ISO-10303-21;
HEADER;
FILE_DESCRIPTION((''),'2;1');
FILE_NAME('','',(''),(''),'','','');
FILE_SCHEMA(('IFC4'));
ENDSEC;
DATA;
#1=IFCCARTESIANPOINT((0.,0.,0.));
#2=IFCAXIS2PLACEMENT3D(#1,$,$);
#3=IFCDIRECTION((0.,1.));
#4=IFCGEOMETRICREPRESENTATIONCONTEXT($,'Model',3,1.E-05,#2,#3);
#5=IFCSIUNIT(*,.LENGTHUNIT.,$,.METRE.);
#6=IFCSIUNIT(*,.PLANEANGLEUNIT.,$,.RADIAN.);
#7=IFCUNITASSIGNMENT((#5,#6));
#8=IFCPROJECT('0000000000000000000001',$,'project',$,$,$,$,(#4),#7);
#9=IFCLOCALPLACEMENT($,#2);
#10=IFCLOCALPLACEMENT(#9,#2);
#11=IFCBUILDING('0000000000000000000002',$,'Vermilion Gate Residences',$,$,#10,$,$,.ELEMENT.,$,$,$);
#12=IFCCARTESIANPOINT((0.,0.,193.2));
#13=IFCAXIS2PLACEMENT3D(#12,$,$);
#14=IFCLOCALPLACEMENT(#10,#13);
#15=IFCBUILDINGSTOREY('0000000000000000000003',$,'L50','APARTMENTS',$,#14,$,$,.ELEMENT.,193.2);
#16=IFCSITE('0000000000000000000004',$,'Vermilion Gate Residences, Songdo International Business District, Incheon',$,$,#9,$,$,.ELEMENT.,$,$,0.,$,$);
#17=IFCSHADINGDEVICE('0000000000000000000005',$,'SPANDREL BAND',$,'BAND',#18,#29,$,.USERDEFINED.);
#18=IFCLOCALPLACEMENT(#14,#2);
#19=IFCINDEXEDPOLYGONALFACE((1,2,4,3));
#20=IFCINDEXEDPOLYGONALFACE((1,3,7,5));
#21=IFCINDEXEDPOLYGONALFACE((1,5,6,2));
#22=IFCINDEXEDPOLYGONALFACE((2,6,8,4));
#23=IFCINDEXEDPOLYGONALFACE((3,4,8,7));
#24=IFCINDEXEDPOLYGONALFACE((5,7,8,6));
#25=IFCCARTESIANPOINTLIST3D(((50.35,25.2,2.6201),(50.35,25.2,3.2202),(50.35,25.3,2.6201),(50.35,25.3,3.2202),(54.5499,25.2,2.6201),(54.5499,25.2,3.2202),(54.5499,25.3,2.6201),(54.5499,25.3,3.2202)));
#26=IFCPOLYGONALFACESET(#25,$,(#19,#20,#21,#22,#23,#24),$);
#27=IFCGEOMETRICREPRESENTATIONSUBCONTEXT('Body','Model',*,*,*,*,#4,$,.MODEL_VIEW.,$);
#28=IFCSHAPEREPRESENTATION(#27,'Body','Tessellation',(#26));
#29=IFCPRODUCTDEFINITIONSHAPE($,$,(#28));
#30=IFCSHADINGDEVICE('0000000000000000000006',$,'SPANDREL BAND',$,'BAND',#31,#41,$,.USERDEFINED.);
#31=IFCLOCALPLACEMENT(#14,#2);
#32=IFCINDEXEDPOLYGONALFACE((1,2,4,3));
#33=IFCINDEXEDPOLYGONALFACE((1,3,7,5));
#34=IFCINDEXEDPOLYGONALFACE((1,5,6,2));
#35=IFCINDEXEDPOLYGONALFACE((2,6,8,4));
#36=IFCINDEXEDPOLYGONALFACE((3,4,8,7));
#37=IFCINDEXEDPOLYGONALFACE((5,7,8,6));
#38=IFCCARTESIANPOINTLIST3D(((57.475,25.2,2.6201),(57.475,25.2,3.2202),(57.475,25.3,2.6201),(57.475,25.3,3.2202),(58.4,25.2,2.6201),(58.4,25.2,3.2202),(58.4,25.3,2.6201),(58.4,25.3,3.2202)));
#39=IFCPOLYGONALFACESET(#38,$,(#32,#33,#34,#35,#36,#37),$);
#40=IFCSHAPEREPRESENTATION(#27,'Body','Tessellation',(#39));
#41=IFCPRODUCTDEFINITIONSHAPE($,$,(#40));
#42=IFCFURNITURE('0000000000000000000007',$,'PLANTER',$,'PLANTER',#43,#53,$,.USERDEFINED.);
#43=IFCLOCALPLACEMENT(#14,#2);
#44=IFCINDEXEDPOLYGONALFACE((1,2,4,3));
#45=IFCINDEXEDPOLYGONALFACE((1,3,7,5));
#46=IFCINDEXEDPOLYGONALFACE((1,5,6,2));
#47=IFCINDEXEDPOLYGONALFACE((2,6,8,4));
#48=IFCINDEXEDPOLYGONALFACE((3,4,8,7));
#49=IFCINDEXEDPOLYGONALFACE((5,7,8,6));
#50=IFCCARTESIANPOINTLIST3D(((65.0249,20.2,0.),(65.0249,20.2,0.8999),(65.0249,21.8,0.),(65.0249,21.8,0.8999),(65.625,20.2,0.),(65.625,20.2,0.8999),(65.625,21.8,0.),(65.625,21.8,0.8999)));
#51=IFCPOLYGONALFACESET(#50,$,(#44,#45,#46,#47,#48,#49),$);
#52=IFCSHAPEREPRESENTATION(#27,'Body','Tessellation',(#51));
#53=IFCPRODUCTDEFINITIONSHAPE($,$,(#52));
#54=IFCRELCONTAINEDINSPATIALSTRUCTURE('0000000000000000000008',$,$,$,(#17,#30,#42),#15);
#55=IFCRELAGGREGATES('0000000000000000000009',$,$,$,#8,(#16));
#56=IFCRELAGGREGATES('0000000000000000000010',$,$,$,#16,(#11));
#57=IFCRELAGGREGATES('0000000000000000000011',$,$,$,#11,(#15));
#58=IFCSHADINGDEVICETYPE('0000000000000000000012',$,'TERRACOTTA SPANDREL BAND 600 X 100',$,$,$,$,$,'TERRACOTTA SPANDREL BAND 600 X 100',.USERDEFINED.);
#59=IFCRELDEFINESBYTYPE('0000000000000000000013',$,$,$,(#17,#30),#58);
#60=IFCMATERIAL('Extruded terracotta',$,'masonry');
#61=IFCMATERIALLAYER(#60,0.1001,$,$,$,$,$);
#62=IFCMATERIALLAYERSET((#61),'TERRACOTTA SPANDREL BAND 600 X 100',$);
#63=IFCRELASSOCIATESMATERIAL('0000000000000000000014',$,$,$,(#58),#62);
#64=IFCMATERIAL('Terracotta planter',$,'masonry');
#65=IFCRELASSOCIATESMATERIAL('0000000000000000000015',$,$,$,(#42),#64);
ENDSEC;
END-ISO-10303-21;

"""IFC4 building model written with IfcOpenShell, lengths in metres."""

from ifc_helpers import new_model, si_unit, direction, frame, origin, origin_2d, place, context, subcontext, project, spatial, rectangle, extrude, material, layer, layer_set, type_object, element, save


model = new_model("IFC4")

# Units and contexts
model_context = context("Model", 3, precision=1e-05, world=origin(), true_north=direction((0.0, 1.0)))
body_context = subcontext(model_context, "Body", "Model", "MODEL_VIEW")
ifc_project = project(units=[si_unit("LENGTHUNIT", "METRE"), si_unit("PLANEANGLEUNIT", "RADIAN")], contexts=[model_context])

# Site, building, storey
site_placement = place(None, origin())
site = spatial("IfcSite", under=ifc_project, at=site_placement, Name="Vermilion Gate Residences, Songdo International Business District, Incheon", CompositionType="ELEMENT", RefElevation=0.0)
building_placement = place(site_placement, origin())
building = spatial("IfcBuilding", under=site, at=building_placement, Name="Vermilion Gate Residences", CompositionType="ELEMENT")
storey_placement = place(building_placement, frame((0.0, 0.0, 193.2)))
storey = spatial("IfcBuildingStorey", under=building, at=storey_placement, Name="L50", Description="APARTMENTS", CompositionType="ELEMENT", Elevation=193.2)

# Shading devices
ifc_material_1 = material(Name="Extruded terracotta", Category="masonry")
ifc_layer_1 = layer(ifc_material_1, 0.1001)
ifc_layer_set_1 = layer_set([ifc_layer_1], Name="TERRACOTTA SPANDREL BAND 600 X 100")
shading_device_type_1 = type_object("IfcShadingDeviceType", Name="TERRACOTTA SPANDREL BAND 600 X 100", ElementType="TERRACOTTA SPANDREL BAND 600 X 100", PredefinedType="USERDEFINED", material=ifc_layer_set_1)
shading_device_1_placement = place(storey_placement, frame((52.45, 25.25, 2.6201), z_axis=(0.0, 0.0, 1.0), x_axis=(1.0, 0.0, 0.0)))
element("IfcShadingDevice", 1, at=shading_device_1_placement, inside=storey, type_object=shading_device_type_1, Name="SPANDREL BAND", ObjectType="BAND", PredefinedType="USERDEFINED", context=body_context, shape_type="SweptSolid", body=[
    extrude(rectangle(XDim=4.2, YDim=0.1001, at=origin_2d()), origin(), (0.0, 0.0, 1.0), 0.6001),
])
shading_device_2_placement = place(storey_placement, frame((57.9375, 25.25, 2.6201), z_axis=(0.0, 0.0, 1.0), x_axis=(1.0, 0.0, 0.0)))
element("IfcShadingDevice", 2, at=shading_device_2_placement, inside=storey, type_object=shading_device_type_1, Name="SPANDREL BAND", ObjectType="BAND", PredefinedType="USERDEFINED", context=body_context, shape_type="SweptSolid", body=[
    extrude(rectangle(XDim=0.925, YDim=0.1001, at=origin_2d()), origin(), (0.0, 0.0, 1.0), 0.6001),
])

# Furniture
ifc_material_2 = material(Name="Terracotta planter", Category="masonry")
furniture_placement = place(storey_placement, frame((65.325, 21.0, 0.0), z_axis=(0.0, 0.0, 1.0), x_axis=(0.0, 1.0, 0.0)))
element("IfcFurniture", 3, at=furniture_placement, inside=storey, material=ifc_material_2, Name="PLANTER", ObjectType="PLANTER", PredefinedType="USERDEFINED", context=body_context, shape_type="SweptSolid", body=[
    extrude(rectangle(XDim=1.6001, YDim=0.6001, at=origin_2d()), origin(), (0.0, 0.0, 1.0), 0.8999),
])

save(model, "model.ifc")
